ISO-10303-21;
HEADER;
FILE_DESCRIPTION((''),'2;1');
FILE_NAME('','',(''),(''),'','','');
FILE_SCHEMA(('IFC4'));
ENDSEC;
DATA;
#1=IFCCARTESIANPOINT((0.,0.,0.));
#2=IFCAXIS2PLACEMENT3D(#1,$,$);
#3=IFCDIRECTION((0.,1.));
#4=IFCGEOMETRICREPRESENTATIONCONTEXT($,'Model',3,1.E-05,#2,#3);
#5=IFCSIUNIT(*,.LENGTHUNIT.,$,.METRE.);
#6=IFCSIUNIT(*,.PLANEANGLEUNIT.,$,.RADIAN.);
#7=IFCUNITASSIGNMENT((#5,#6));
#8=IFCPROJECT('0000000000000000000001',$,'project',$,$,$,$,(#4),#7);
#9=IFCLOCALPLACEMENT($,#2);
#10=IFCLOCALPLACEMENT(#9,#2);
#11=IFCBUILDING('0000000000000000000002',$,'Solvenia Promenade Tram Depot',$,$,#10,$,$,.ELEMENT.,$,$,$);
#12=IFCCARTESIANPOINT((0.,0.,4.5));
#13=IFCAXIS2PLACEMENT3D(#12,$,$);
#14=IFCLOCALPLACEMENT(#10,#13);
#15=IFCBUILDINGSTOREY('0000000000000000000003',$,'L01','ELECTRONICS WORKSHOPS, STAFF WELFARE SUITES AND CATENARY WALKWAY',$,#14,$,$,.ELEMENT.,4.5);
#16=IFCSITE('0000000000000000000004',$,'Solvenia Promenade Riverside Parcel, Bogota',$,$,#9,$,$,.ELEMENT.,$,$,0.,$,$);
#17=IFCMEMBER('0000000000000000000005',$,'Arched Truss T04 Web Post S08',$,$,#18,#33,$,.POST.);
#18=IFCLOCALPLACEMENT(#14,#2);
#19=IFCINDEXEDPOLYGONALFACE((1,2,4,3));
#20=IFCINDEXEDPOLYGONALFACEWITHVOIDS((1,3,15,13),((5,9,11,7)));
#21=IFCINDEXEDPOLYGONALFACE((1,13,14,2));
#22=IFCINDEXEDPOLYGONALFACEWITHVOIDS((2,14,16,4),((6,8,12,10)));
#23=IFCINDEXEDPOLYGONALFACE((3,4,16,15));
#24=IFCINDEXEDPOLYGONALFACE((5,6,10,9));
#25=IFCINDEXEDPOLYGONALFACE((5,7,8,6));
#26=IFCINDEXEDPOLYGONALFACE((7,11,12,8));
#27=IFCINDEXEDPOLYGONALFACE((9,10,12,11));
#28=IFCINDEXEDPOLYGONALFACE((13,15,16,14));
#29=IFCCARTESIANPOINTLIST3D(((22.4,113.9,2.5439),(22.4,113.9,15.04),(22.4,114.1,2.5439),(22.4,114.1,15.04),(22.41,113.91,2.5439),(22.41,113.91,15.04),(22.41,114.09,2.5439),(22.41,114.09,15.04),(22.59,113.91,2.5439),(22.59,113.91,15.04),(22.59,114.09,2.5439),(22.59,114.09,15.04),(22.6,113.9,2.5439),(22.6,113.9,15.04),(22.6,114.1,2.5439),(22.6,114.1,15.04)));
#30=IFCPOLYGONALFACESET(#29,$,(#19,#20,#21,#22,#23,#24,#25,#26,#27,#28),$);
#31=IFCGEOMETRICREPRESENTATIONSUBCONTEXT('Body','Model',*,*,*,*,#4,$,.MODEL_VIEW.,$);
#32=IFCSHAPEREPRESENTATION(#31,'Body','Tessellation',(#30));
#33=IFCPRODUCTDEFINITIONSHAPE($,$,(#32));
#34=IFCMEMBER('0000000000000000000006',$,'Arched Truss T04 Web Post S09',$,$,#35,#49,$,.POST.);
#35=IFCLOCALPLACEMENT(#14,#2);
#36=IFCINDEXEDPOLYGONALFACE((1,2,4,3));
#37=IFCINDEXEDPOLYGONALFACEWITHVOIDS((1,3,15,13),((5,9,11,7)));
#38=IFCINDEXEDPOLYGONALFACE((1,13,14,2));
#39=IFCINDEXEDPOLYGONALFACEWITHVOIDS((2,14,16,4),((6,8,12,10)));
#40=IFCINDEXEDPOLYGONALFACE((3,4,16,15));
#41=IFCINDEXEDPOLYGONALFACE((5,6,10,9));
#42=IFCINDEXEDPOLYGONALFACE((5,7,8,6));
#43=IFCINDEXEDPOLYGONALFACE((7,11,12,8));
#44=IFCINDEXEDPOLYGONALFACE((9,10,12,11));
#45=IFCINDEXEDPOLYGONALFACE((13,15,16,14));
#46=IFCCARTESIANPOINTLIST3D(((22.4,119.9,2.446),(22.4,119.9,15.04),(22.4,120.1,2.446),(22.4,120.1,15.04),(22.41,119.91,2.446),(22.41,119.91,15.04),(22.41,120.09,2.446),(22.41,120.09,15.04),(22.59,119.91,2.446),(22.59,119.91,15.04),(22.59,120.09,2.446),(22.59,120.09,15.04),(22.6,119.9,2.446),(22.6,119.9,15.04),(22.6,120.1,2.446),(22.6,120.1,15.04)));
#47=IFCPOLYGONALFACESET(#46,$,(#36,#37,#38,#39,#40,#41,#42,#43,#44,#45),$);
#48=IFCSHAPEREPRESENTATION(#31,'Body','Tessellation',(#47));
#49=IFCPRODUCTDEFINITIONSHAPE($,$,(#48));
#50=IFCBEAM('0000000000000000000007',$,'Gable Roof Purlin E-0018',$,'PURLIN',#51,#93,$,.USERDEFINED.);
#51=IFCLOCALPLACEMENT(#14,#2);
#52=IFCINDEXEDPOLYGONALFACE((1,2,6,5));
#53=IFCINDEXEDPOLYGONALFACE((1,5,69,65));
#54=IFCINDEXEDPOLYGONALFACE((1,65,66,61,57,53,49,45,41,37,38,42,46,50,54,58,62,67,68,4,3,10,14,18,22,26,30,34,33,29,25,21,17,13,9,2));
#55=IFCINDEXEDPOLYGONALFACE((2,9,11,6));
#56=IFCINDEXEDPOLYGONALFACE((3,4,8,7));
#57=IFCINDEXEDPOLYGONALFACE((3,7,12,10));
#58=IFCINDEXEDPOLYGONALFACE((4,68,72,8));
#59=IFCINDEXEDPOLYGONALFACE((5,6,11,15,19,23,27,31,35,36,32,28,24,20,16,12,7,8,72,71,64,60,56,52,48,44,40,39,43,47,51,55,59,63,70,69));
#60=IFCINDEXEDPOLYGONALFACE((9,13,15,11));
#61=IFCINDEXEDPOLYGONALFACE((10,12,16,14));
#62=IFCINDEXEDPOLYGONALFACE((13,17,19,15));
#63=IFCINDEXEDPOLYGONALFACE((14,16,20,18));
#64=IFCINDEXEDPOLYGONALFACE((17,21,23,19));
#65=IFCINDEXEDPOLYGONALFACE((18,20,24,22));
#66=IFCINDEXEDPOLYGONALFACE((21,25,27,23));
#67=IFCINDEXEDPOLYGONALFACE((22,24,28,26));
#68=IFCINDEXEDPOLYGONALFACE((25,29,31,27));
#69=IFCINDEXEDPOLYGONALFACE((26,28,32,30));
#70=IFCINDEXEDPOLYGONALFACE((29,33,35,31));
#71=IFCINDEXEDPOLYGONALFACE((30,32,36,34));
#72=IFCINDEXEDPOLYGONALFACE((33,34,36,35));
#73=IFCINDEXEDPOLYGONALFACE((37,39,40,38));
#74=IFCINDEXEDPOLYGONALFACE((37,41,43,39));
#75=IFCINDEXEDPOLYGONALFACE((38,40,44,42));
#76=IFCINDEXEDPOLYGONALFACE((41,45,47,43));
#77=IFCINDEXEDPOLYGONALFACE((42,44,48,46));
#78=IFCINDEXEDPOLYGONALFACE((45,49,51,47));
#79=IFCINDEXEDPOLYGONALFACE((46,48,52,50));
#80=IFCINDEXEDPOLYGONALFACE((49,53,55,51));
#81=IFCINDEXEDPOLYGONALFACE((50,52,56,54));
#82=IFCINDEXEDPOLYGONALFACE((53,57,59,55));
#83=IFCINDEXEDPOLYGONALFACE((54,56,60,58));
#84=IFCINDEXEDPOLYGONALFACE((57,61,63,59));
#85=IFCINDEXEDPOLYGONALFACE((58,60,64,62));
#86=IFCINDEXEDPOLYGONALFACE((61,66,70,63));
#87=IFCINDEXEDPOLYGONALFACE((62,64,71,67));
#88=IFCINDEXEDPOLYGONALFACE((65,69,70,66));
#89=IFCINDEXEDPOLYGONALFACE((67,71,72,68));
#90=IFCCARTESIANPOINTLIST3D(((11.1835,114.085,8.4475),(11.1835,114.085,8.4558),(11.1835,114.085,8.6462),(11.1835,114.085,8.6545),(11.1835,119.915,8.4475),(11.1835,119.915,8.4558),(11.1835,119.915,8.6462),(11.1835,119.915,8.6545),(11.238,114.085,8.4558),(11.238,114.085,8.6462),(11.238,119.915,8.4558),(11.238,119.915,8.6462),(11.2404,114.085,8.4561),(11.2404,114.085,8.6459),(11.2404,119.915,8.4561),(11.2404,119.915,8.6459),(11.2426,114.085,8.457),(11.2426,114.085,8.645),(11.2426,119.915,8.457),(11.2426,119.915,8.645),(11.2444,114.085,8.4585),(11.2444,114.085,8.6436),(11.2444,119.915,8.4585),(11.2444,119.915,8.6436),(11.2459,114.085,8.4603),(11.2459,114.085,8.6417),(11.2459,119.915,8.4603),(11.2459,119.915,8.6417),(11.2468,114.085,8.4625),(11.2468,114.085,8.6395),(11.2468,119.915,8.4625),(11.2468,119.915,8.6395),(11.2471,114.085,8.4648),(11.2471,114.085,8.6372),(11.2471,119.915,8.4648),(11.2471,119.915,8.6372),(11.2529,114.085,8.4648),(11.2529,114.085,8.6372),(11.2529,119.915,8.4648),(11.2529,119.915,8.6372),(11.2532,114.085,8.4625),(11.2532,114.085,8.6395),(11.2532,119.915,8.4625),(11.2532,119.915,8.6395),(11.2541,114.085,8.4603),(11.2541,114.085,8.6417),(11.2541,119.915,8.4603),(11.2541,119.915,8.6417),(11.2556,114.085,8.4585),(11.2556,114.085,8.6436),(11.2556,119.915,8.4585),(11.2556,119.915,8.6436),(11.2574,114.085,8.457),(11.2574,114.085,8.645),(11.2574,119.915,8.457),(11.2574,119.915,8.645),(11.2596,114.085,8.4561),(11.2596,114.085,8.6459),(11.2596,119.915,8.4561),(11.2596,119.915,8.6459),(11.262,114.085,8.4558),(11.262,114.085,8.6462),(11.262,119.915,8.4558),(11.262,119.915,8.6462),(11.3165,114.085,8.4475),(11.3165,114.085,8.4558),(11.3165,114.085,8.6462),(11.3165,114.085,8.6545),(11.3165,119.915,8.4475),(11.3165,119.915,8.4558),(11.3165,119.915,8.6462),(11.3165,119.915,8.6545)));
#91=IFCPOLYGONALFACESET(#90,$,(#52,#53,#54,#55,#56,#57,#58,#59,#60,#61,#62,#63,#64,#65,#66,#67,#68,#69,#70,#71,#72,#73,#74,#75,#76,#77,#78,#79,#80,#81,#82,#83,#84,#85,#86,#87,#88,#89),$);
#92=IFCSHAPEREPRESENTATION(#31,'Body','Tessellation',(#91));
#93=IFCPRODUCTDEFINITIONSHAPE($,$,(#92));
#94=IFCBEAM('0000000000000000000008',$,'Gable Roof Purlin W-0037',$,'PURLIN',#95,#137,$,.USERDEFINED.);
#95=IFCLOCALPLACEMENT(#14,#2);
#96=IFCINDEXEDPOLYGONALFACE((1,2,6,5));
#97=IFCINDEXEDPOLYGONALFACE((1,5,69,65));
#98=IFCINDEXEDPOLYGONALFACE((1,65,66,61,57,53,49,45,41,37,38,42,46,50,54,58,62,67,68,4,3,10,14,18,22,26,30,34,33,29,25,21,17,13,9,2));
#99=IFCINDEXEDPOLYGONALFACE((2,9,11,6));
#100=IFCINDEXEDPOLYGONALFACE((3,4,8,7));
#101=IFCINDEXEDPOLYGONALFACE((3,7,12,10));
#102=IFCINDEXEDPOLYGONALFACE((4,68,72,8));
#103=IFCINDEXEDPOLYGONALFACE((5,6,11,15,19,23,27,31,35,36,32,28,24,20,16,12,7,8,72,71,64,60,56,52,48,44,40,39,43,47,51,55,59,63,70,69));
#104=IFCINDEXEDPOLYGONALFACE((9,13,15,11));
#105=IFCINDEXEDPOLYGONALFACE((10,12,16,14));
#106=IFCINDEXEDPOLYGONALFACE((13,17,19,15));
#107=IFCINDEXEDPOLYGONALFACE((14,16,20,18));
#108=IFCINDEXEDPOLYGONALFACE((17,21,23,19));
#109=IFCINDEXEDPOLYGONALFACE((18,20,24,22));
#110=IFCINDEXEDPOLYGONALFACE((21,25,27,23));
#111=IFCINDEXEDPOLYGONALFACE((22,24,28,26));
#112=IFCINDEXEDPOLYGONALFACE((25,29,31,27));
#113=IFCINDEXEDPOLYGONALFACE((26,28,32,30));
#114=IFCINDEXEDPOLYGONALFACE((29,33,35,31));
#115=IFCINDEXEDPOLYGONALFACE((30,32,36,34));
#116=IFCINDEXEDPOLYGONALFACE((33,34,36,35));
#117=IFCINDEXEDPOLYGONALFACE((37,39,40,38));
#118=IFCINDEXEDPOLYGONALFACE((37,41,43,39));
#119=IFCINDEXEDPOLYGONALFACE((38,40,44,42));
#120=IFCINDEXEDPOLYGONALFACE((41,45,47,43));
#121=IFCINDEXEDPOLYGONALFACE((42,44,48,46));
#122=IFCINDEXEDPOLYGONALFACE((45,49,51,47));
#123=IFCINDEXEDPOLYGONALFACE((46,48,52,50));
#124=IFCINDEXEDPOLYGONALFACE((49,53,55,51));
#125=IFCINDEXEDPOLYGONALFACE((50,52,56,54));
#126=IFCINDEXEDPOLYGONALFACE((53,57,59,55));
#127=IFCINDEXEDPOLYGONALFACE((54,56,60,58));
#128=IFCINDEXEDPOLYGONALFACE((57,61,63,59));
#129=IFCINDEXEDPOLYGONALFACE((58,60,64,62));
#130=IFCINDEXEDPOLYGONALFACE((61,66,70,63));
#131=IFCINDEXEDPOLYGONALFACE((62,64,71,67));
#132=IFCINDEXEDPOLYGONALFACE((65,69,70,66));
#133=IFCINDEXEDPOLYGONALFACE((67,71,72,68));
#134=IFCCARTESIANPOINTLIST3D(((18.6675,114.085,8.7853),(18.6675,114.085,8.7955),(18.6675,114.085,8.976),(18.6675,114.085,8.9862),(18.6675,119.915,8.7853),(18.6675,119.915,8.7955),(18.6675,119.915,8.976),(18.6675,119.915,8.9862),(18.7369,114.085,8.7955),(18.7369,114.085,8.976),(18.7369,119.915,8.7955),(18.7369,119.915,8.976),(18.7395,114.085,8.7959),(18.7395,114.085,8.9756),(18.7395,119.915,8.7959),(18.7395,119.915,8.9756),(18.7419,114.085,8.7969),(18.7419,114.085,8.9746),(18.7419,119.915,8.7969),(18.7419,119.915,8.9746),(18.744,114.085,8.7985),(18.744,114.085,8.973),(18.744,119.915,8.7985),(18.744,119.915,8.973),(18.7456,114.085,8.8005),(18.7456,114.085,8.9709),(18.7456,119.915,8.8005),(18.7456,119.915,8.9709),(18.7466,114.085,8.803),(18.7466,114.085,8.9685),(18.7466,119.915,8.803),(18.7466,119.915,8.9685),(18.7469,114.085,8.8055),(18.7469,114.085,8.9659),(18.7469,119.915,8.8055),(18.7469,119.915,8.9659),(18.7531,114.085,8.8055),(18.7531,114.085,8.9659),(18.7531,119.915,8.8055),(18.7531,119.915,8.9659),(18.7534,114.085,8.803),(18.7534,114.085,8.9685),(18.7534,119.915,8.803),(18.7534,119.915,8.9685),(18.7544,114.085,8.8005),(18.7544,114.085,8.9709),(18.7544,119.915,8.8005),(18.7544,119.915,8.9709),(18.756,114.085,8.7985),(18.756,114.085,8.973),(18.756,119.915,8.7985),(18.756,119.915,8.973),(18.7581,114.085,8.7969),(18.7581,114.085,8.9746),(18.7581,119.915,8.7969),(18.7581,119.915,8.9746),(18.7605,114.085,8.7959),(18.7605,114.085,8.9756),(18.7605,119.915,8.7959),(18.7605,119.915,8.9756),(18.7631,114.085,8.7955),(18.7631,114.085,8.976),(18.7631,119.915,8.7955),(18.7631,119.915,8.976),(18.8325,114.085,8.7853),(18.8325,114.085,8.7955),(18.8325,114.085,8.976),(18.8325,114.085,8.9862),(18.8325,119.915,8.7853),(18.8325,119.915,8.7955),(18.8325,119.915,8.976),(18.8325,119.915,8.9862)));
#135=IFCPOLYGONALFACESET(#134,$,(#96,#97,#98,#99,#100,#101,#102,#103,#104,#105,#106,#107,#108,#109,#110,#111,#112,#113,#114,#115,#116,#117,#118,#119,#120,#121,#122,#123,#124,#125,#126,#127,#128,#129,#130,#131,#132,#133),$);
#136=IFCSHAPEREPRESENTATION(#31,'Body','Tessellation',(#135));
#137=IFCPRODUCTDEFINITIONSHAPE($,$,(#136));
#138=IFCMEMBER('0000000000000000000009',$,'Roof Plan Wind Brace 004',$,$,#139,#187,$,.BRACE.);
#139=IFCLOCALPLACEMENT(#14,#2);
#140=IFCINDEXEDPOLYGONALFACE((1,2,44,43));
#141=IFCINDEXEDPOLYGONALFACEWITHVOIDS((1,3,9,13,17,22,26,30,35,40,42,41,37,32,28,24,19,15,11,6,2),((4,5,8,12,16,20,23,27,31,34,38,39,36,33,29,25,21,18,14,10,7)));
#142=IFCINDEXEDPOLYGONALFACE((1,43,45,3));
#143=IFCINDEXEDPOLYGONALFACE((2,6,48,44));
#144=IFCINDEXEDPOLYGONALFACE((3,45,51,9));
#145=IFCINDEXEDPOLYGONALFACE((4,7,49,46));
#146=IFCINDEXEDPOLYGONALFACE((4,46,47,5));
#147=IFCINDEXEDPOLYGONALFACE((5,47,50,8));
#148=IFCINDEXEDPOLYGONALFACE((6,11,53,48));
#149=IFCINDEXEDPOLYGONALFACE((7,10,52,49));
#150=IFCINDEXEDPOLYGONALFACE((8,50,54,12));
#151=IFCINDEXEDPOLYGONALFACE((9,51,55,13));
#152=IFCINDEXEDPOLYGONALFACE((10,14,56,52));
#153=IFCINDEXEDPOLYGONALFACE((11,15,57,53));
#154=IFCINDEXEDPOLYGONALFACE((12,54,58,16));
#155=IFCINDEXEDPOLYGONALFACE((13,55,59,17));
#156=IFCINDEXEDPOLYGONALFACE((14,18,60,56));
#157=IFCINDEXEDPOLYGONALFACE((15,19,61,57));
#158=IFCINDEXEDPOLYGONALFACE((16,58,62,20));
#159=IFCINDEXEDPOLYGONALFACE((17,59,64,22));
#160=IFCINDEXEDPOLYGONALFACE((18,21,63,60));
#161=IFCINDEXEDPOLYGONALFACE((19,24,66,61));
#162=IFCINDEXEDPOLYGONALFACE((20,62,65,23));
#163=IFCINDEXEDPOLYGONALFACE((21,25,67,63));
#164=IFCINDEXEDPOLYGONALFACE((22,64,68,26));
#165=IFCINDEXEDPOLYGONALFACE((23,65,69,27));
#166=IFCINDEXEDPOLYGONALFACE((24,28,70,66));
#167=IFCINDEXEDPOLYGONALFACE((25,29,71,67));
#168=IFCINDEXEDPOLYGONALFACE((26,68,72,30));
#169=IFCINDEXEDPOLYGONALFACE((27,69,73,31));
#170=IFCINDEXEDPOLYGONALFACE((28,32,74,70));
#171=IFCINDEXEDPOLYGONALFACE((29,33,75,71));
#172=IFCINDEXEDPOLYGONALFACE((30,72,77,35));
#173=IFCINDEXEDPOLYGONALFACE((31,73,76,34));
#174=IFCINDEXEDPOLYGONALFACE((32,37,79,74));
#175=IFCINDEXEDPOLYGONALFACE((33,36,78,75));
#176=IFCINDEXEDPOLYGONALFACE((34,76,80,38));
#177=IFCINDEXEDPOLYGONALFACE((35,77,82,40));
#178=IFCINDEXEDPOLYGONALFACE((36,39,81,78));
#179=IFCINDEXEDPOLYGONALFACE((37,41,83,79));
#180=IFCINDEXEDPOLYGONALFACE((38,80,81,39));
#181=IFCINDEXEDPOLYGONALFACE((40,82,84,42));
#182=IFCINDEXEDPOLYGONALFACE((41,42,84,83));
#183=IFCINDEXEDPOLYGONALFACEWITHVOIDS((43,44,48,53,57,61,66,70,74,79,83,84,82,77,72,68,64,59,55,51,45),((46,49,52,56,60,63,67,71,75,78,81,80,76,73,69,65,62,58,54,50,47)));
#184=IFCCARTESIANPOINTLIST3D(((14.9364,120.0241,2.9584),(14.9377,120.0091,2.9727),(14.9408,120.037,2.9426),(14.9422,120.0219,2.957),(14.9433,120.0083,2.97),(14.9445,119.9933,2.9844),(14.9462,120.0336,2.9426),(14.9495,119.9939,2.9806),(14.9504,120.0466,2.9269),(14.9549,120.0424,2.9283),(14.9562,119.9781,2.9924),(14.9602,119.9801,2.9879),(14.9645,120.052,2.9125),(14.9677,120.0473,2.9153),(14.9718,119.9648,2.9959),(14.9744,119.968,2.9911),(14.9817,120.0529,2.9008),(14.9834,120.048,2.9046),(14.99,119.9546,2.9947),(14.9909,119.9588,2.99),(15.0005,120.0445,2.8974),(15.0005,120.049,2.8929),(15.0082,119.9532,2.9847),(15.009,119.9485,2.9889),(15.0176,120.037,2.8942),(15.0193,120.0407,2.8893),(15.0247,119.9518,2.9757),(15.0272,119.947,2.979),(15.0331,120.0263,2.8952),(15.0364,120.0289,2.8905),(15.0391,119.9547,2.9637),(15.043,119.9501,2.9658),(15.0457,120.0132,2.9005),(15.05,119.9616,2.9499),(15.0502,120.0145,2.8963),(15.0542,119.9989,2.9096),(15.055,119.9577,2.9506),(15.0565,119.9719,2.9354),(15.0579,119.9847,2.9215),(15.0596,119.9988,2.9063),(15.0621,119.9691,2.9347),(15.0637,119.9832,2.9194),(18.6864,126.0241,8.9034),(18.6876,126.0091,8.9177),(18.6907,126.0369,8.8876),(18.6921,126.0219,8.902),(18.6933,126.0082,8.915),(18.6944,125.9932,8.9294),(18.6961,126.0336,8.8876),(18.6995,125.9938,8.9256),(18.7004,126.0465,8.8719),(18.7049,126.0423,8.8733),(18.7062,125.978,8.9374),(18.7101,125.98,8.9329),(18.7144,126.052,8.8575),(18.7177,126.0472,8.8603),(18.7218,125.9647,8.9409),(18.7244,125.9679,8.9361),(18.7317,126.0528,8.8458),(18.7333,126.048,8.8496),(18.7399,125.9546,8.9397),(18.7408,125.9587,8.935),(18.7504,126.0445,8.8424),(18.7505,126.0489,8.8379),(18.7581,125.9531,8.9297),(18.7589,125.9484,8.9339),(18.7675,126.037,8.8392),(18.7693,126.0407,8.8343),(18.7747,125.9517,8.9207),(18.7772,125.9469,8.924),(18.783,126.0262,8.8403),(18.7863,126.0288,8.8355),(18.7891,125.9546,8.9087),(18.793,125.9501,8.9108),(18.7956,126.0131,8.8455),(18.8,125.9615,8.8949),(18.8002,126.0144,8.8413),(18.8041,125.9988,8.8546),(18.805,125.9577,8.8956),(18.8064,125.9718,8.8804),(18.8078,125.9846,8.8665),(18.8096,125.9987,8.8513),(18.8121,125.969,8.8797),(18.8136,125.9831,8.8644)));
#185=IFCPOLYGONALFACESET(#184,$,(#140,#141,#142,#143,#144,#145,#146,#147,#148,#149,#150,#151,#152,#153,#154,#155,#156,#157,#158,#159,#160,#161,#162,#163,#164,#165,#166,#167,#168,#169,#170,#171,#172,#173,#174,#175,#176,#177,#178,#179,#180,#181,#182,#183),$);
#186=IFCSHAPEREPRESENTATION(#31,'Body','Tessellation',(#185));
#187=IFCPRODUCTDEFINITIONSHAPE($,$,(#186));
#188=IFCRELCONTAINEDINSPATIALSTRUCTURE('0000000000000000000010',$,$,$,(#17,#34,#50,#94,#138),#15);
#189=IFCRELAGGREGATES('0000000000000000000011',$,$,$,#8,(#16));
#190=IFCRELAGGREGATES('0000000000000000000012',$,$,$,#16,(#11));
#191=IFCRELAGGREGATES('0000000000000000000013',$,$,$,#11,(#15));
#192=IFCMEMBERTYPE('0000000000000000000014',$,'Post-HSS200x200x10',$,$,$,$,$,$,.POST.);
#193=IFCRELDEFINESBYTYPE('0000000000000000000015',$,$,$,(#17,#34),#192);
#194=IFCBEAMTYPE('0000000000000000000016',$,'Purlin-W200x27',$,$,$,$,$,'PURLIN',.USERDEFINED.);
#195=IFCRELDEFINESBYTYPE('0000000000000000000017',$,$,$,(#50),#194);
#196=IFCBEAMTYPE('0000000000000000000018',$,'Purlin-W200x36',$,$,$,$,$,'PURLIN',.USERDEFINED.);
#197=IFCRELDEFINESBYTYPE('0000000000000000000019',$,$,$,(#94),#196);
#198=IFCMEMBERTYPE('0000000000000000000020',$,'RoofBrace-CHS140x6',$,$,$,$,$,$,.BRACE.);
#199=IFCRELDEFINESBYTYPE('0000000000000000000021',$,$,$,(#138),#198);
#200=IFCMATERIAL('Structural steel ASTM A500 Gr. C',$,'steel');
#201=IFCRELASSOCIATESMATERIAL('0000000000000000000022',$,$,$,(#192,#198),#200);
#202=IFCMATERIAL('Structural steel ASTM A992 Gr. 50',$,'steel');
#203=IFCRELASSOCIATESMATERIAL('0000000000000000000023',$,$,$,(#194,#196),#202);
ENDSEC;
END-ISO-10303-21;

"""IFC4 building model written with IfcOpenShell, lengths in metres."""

from ifc_helpers import new_model, si_unit, direction, frame, origin, origin_2d, place, context, subcontext, project, spatial, hollow_rectangle, hollow_circle, i_section, extrude, material, material_profile, profile_set, type_object, element, save


model = new_model("IFC4")

# Units and contexts
model_context = context("Model", 3, precision=1e-05, world=origin(), true_north=direction((0.0, 1.0)))
body_context = subcontext(model_context, "Body", "Model", "MODEL_VIEW")
ifc_project = project(units=[si_unit("LENGTHUNIT", "METRE"), si_unit("PLANEANGLEUNIT", "RADIAN")], contexts=[model_context])

# Site, building, storey
site_placement = place(None, origin())
site = spatial("IfcSite", under=ifc_project, at=site_placement, Name="Solvenia Promenade Riverside Parcel, Bogota", CompositionType="ELEMENT", RefElevation=0.0)
building_placement = place(site_placement, origin())
building = spatial("IfcBuilding", under=site, at=building_placement, Name="Solvenia Promenade Tram Depot", CompositionType="ELEMENT")
storey_placement = place(building_placement, frame((0.0, 0.0, 4.5)))
storey = spatial("IfcBuildingStorey", under=building, at=storey_placement, Name="L01", Description="ELECTRONICS WORKSHOPS, STAFF WELFARE SUITES AND CATENARY WALKWAY", CompositionType="ELEMENT", Elevation=4.5)

# Members
ifc_material_1 = material(Name="Structural steel ASTM A500 Gr. C", Category="steel")
ifc_material_profile_1 = material_profile(ifc_material_1, hollow_rectangle(XDim=0.2, YDim=0.2, WallThickness=0.01, at=origin_2d()), Name="HSS200x200x10", Category="steel")
ifc_profile_set_1 = profile_set([ifc_material_profile_1], Name="Structural steel ASTM A500 Gr. C")
member_type_1 = type_object("IfcMemberType", Name="Post-HSS200x200x10", PredefinedType="POST", material=ifc_profile_set_1)
member_1_placement = place(storey_placement, frame((22.5, 114.0, 2.5439), z_axis=(0.0, 0.0, 1.0), x_axis=(1.0, 0.0, 0.0)))
element("IfcMember", 1, at=member_1_placement, inside=storey, type_object=member_type_1, Name="Arched Truss T04 Web Post S08", PredefinedType="POST", context=body_context, shape_type="SweptSolid", body=[
    extrude(hollow_rectangle(XDim=0.2, YDim=0.2, WallThickness=0.01, at=origin_2d()), origin(), (0.0, 0.0, 1.0), 12.4961),
])
member_2_placement = place(storey_placement, frame((22.5, 120.0, 2.446), z_axis=(0.0, 0.0, 1.0), x_axis=(1.0, 0.0, 0.0)))
element("IfcMember", 2, at=member_2_placement, inside=storey, type_object=member_type_1, Name="Arched Truss T04 Web Post S09", PredefinedType="POST", context=body_context, shape_type="SweptSolid", body=[
    extrude(hollow_rectangle(XDim=0.2, YDim=0.2, WallThickness=0.01, at=origin_2d()), origin(), (0.0, 0.0, 1.0), 12.594),
])

# Beams
ifc_material_2 = material(Name="Structural steel ASTM A992 Gr. 50", Category="steel")
ifc_material_profile_2 = material_profile(ifc_material_2, i_section(OverallWidth=0.1331, OverallDepth=0.207, WebThickness=0.0059, FlangeThickness=0.0083, FilletRadius=0.009, at=origin_2d()), Name="W200x27", Category="steel")
ifc_profile_set_2 = profile_set([ifc_material_profile_2], Name="Structural steel ASTM A992 Gr. 50")
beam_type_1 = type_object("IfcBeamType", Name="Purlin-W200x27", ElementType="PURLIN", PredefinedType="USERDEFINED", material=ifc_profile_set_2)
beam_1_placement = place(storey_placement, frame((11.25, 114.085, 8.551), z_axis=(0.0, 1.0, 0.0), x_axis=(-1.0, 0.0, 0.0)))
element("IfcBeam", 3, at=beam_1_placement, inside=storey, type_object=beam_type_1, Name="Gable Roof Purlin E-0018", ObjectType="PURLIN", PredefinedType="USERDEFINED", context=body_context, shape_type="SweptSolid", body=[
    extrude(i_section(OverallWidth=0.1331, OverallDepth=0.207, WebThickness=0.0059, FlangeThickness=0.0083, FilletRadius=0.009, at=origin_2d()), origin(), (0.0, 0.0, 1.0), 5.8301),
])
ifc_material_profile_3 = material_profile(ifc_material_2, i_section(OverallWidth=0.165, OverallDepth=0.2009, WebThickness=0.0061, FlangeThickness=0.0103, FilletRadius=0.01, at=origin_2d()), Name="W200x36", Category="steel")
ifc_profile_set_3 = profile_set([ifc_material_profile_3], Name="Structural steel ASTM A992 Gr. 50")
beam_type_2 = type_object("IfcBeamType", Name="Purlin-W200x36", ElementType="PURLIN", PredefinedType="USERDEFINED", material=ifc_profile_set_3)
beam_2_placement = place(storey_placement, frame((18.75, 114.085, 8.8857), z_axis=(0.0, 1.0, 0.0), x_axis=(-1.0, 0.0, 0.0)))
element("IfcBeam", 4, at=beam_2_placement, inside=storey, type_object=beam_type_2, Name="Gable Roof Purlin W-0037", ObjectType="PURLIN", PredefinedType="USERDEFINED", context=body_context, shape_type="SweptSolid", body=[
    extrude(i_section(OverallWidth=0.165, OverallDepth=0.2009, WebThickness=0.0061, FlangeThickness=0.0103, FilletRadius=0.01, at=origin_2d()), origin(), (0.0, 0.0, 1.0), 5.8301),
])

# Member
ifc_material_profile_4 = material_profile(ifc_material_1, hollow_circle(Radius=0.0698, WallThickness=0.0063, at=origin_2d()), Name="CHS139.7x6.3", Category="steel")
ifc_profile_set_4 = profile_set([ifc_material_profile_4], Name="Structural steel ASTM A500 Gr. C")
member_type_2 = type_object("IfcMemberType", Name="RoofBrace-CHS140x6", PredefinedType="BRACE", material=ifc_profile_set_4)
member_3_placement = place(storey_placement, frame((15.0, 120.0, 2.9426), z_axis=(0.405776, 0.649241, 0.643297), x_axis=(-0.847998, 0.529999, 0.0)))
element("IfcMember", 5, at=member_3_placement, inside=storey, type_object=member_type_2, Name="Roof Plan Wind Brace 004", PredefinedType="BRACE", context=body_context, shape_type="SweptSolid", body=[
    extrude(hollow_circle(Radius=0.0698, WallThickness=0.0063, at=origin_2d()), origin(), (0.0, 0.0, 1.0), 9.2415),
])

save(model, "model.ifc")
